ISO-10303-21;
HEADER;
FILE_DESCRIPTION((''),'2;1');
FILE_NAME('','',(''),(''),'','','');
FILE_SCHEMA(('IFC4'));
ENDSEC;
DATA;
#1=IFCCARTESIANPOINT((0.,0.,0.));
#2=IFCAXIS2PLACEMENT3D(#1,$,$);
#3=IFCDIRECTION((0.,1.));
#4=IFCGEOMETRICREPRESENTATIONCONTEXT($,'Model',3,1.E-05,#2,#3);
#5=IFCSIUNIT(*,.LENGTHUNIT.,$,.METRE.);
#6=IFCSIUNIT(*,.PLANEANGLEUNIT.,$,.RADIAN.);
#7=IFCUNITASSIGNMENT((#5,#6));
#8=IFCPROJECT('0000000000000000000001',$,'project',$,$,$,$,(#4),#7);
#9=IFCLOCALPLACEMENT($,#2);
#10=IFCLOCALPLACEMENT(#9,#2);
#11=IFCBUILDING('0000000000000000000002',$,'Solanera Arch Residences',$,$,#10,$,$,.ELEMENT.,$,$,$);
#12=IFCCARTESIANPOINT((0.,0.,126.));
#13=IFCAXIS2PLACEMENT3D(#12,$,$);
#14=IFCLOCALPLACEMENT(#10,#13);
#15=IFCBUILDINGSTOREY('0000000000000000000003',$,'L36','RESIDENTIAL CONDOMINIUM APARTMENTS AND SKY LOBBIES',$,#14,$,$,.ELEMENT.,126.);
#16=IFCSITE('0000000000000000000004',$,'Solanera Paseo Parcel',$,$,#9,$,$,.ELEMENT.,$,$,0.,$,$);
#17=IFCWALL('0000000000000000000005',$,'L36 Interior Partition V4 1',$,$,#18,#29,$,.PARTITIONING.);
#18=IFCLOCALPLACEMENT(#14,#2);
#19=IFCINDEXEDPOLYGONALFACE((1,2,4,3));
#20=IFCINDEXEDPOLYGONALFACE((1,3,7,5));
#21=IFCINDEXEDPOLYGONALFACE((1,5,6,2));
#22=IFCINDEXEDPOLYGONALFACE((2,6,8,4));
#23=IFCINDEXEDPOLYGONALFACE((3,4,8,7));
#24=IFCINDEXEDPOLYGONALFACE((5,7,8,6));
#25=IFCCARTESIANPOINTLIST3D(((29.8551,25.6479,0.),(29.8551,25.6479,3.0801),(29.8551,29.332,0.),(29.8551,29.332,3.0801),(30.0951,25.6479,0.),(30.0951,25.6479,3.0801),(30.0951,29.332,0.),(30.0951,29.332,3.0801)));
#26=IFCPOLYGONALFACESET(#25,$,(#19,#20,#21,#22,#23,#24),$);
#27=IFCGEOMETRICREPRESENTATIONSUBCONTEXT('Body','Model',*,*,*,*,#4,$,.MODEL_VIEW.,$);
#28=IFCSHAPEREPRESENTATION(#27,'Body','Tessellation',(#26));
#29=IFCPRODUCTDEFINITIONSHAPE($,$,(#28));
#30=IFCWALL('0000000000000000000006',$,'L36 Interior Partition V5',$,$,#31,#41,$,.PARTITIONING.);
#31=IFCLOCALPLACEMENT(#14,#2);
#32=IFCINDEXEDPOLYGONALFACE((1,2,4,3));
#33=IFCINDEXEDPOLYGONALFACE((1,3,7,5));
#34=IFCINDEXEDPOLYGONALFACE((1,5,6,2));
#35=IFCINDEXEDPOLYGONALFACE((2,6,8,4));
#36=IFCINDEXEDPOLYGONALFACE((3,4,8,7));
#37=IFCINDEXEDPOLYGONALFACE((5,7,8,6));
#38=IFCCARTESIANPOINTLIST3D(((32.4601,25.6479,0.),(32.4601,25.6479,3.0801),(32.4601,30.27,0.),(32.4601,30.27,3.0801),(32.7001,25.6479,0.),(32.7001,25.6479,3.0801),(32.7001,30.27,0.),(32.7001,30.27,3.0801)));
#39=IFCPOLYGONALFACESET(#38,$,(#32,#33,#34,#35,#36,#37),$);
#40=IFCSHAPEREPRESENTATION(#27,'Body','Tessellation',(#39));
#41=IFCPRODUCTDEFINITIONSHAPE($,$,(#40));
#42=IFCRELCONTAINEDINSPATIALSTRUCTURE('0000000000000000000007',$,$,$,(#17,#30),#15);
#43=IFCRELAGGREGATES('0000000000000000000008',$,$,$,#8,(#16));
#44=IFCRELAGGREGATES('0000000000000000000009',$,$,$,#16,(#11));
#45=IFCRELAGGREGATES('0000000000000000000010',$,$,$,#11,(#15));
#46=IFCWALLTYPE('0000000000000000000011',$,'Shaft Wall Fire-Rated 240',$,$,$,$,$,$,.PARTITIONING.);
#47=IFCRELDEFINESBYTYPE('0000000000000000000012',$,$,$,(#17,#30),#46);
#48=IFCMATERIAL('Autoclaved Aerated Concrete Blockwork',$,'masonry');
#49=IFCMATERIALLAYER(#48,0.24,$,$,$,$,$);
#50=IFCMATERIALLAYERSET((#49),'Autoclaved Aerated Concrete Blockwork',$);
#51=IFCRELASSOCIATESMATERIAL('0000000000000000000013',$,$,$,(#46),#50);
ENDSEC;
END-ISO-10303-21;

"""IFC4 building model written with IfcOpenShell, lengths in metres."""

from ifc_helpers import new_model, si_unit, direction, frame, frame_2d, origin, place, context, subcontext, project, spatial, rectangle, extrude, material, layer, layer_set, type_object, element, save


model = new_model("IFC4")

# Units and contexts
model_context = context("Model", 3, precision=1e-05, world=origin(), true_north=direction((0.0, 1.0)))
body_context = subcontext(model_context, "Body", "Model", "MODEL_VIEW")
ifc_project = project(units=[si_unit("LENGTHUNIT", "METRE"), si_unit("PLANEANGLEUNIT", "RADIAN")], contexts=[model_context])

# Site, building, storey
site_placement = place(None, origin())
site = spatial("IfcSite", under=ifc_project, at=site_placement, Name="Solanera Paseo Parcel", CompositionType="ELEMENT", RefElevation=0.0)
building_placement = place(site_placement, origin())
building = spatial("IfcBuilding", under=site, at=building_placement, Name="Solanera Arch Residences", CompositionType="ELEMENT")
storey_placement = place(building_placement, frame((0.0, 0.0, 126.0)))
storey = spatial("IfcBuildingStorey", under=building, at=storey_placement, Name="L36", Description="RESIDENTIAL CONDOMINIUM APARTMENTS AND SKY LOBBIES", CompositionType="ELEMENT", Elevation=126.0)

# Wall
ifc_material_1 = material(Name="Autoclaved Aerated Concrete Blockwork", Category="masonry")
ifc_layer_1 = layer(ifc_material_1, 0.24)
ifc_layer_set_1 = layer_set([ifc_layer_1], Name="Autoclaved Aerated Concrete Blockwork")
wall_type_1 = type_object("IfcWallType", Name="Shaft Wall Fire-Rated 240", PredefinedType="PARTITIONING", material=ifc_layer_set_1)
wall_1_placement = place(storey_placement, frame((29.9751, 25.6479, 0.0), z_axis=(0.0, 0.0, 1.0), x_axis=(0.0, 1.0, 0.0)))
element("IfcWall", 1, at=wall_1_placement, inside=storey, type_object=wall_type_1, Name="L36 Interior Partition V4 1", PredefinedType="PARTITIONING", context=body_context, shape_type="SweptSolid", body=[
    extrude(rectangle(XDim=3.6841, YDim=0.24, at=frame_2d((1.842, 0.0))), origin(), (0.0, 0.0, 1.0), 3.0801),
])

# Wall
wall_2_placement = place(storey_placement, frame((32.5801, 25.6479, 0.0), z_axis=(0.0, 0.0, 1.0), x_axis=(0.0, 1.0, 0.0)))
element("IfcWall", 2, at=wall_2_placement, inside=storey, type_object=wall_type_1, Name="L36 Interior Partition V5", PredefinedType="PARTITIONING", context=body_context, shape_type="SweptSolid", body=[
    extrude(rectangle(XDim=4.6221, YDim=0.24, at=frame_2d((2.311, 0.0))), origin(), (0.0, 0.0, 1.0), 3.0801),
])

save(model, "model.ifc")
